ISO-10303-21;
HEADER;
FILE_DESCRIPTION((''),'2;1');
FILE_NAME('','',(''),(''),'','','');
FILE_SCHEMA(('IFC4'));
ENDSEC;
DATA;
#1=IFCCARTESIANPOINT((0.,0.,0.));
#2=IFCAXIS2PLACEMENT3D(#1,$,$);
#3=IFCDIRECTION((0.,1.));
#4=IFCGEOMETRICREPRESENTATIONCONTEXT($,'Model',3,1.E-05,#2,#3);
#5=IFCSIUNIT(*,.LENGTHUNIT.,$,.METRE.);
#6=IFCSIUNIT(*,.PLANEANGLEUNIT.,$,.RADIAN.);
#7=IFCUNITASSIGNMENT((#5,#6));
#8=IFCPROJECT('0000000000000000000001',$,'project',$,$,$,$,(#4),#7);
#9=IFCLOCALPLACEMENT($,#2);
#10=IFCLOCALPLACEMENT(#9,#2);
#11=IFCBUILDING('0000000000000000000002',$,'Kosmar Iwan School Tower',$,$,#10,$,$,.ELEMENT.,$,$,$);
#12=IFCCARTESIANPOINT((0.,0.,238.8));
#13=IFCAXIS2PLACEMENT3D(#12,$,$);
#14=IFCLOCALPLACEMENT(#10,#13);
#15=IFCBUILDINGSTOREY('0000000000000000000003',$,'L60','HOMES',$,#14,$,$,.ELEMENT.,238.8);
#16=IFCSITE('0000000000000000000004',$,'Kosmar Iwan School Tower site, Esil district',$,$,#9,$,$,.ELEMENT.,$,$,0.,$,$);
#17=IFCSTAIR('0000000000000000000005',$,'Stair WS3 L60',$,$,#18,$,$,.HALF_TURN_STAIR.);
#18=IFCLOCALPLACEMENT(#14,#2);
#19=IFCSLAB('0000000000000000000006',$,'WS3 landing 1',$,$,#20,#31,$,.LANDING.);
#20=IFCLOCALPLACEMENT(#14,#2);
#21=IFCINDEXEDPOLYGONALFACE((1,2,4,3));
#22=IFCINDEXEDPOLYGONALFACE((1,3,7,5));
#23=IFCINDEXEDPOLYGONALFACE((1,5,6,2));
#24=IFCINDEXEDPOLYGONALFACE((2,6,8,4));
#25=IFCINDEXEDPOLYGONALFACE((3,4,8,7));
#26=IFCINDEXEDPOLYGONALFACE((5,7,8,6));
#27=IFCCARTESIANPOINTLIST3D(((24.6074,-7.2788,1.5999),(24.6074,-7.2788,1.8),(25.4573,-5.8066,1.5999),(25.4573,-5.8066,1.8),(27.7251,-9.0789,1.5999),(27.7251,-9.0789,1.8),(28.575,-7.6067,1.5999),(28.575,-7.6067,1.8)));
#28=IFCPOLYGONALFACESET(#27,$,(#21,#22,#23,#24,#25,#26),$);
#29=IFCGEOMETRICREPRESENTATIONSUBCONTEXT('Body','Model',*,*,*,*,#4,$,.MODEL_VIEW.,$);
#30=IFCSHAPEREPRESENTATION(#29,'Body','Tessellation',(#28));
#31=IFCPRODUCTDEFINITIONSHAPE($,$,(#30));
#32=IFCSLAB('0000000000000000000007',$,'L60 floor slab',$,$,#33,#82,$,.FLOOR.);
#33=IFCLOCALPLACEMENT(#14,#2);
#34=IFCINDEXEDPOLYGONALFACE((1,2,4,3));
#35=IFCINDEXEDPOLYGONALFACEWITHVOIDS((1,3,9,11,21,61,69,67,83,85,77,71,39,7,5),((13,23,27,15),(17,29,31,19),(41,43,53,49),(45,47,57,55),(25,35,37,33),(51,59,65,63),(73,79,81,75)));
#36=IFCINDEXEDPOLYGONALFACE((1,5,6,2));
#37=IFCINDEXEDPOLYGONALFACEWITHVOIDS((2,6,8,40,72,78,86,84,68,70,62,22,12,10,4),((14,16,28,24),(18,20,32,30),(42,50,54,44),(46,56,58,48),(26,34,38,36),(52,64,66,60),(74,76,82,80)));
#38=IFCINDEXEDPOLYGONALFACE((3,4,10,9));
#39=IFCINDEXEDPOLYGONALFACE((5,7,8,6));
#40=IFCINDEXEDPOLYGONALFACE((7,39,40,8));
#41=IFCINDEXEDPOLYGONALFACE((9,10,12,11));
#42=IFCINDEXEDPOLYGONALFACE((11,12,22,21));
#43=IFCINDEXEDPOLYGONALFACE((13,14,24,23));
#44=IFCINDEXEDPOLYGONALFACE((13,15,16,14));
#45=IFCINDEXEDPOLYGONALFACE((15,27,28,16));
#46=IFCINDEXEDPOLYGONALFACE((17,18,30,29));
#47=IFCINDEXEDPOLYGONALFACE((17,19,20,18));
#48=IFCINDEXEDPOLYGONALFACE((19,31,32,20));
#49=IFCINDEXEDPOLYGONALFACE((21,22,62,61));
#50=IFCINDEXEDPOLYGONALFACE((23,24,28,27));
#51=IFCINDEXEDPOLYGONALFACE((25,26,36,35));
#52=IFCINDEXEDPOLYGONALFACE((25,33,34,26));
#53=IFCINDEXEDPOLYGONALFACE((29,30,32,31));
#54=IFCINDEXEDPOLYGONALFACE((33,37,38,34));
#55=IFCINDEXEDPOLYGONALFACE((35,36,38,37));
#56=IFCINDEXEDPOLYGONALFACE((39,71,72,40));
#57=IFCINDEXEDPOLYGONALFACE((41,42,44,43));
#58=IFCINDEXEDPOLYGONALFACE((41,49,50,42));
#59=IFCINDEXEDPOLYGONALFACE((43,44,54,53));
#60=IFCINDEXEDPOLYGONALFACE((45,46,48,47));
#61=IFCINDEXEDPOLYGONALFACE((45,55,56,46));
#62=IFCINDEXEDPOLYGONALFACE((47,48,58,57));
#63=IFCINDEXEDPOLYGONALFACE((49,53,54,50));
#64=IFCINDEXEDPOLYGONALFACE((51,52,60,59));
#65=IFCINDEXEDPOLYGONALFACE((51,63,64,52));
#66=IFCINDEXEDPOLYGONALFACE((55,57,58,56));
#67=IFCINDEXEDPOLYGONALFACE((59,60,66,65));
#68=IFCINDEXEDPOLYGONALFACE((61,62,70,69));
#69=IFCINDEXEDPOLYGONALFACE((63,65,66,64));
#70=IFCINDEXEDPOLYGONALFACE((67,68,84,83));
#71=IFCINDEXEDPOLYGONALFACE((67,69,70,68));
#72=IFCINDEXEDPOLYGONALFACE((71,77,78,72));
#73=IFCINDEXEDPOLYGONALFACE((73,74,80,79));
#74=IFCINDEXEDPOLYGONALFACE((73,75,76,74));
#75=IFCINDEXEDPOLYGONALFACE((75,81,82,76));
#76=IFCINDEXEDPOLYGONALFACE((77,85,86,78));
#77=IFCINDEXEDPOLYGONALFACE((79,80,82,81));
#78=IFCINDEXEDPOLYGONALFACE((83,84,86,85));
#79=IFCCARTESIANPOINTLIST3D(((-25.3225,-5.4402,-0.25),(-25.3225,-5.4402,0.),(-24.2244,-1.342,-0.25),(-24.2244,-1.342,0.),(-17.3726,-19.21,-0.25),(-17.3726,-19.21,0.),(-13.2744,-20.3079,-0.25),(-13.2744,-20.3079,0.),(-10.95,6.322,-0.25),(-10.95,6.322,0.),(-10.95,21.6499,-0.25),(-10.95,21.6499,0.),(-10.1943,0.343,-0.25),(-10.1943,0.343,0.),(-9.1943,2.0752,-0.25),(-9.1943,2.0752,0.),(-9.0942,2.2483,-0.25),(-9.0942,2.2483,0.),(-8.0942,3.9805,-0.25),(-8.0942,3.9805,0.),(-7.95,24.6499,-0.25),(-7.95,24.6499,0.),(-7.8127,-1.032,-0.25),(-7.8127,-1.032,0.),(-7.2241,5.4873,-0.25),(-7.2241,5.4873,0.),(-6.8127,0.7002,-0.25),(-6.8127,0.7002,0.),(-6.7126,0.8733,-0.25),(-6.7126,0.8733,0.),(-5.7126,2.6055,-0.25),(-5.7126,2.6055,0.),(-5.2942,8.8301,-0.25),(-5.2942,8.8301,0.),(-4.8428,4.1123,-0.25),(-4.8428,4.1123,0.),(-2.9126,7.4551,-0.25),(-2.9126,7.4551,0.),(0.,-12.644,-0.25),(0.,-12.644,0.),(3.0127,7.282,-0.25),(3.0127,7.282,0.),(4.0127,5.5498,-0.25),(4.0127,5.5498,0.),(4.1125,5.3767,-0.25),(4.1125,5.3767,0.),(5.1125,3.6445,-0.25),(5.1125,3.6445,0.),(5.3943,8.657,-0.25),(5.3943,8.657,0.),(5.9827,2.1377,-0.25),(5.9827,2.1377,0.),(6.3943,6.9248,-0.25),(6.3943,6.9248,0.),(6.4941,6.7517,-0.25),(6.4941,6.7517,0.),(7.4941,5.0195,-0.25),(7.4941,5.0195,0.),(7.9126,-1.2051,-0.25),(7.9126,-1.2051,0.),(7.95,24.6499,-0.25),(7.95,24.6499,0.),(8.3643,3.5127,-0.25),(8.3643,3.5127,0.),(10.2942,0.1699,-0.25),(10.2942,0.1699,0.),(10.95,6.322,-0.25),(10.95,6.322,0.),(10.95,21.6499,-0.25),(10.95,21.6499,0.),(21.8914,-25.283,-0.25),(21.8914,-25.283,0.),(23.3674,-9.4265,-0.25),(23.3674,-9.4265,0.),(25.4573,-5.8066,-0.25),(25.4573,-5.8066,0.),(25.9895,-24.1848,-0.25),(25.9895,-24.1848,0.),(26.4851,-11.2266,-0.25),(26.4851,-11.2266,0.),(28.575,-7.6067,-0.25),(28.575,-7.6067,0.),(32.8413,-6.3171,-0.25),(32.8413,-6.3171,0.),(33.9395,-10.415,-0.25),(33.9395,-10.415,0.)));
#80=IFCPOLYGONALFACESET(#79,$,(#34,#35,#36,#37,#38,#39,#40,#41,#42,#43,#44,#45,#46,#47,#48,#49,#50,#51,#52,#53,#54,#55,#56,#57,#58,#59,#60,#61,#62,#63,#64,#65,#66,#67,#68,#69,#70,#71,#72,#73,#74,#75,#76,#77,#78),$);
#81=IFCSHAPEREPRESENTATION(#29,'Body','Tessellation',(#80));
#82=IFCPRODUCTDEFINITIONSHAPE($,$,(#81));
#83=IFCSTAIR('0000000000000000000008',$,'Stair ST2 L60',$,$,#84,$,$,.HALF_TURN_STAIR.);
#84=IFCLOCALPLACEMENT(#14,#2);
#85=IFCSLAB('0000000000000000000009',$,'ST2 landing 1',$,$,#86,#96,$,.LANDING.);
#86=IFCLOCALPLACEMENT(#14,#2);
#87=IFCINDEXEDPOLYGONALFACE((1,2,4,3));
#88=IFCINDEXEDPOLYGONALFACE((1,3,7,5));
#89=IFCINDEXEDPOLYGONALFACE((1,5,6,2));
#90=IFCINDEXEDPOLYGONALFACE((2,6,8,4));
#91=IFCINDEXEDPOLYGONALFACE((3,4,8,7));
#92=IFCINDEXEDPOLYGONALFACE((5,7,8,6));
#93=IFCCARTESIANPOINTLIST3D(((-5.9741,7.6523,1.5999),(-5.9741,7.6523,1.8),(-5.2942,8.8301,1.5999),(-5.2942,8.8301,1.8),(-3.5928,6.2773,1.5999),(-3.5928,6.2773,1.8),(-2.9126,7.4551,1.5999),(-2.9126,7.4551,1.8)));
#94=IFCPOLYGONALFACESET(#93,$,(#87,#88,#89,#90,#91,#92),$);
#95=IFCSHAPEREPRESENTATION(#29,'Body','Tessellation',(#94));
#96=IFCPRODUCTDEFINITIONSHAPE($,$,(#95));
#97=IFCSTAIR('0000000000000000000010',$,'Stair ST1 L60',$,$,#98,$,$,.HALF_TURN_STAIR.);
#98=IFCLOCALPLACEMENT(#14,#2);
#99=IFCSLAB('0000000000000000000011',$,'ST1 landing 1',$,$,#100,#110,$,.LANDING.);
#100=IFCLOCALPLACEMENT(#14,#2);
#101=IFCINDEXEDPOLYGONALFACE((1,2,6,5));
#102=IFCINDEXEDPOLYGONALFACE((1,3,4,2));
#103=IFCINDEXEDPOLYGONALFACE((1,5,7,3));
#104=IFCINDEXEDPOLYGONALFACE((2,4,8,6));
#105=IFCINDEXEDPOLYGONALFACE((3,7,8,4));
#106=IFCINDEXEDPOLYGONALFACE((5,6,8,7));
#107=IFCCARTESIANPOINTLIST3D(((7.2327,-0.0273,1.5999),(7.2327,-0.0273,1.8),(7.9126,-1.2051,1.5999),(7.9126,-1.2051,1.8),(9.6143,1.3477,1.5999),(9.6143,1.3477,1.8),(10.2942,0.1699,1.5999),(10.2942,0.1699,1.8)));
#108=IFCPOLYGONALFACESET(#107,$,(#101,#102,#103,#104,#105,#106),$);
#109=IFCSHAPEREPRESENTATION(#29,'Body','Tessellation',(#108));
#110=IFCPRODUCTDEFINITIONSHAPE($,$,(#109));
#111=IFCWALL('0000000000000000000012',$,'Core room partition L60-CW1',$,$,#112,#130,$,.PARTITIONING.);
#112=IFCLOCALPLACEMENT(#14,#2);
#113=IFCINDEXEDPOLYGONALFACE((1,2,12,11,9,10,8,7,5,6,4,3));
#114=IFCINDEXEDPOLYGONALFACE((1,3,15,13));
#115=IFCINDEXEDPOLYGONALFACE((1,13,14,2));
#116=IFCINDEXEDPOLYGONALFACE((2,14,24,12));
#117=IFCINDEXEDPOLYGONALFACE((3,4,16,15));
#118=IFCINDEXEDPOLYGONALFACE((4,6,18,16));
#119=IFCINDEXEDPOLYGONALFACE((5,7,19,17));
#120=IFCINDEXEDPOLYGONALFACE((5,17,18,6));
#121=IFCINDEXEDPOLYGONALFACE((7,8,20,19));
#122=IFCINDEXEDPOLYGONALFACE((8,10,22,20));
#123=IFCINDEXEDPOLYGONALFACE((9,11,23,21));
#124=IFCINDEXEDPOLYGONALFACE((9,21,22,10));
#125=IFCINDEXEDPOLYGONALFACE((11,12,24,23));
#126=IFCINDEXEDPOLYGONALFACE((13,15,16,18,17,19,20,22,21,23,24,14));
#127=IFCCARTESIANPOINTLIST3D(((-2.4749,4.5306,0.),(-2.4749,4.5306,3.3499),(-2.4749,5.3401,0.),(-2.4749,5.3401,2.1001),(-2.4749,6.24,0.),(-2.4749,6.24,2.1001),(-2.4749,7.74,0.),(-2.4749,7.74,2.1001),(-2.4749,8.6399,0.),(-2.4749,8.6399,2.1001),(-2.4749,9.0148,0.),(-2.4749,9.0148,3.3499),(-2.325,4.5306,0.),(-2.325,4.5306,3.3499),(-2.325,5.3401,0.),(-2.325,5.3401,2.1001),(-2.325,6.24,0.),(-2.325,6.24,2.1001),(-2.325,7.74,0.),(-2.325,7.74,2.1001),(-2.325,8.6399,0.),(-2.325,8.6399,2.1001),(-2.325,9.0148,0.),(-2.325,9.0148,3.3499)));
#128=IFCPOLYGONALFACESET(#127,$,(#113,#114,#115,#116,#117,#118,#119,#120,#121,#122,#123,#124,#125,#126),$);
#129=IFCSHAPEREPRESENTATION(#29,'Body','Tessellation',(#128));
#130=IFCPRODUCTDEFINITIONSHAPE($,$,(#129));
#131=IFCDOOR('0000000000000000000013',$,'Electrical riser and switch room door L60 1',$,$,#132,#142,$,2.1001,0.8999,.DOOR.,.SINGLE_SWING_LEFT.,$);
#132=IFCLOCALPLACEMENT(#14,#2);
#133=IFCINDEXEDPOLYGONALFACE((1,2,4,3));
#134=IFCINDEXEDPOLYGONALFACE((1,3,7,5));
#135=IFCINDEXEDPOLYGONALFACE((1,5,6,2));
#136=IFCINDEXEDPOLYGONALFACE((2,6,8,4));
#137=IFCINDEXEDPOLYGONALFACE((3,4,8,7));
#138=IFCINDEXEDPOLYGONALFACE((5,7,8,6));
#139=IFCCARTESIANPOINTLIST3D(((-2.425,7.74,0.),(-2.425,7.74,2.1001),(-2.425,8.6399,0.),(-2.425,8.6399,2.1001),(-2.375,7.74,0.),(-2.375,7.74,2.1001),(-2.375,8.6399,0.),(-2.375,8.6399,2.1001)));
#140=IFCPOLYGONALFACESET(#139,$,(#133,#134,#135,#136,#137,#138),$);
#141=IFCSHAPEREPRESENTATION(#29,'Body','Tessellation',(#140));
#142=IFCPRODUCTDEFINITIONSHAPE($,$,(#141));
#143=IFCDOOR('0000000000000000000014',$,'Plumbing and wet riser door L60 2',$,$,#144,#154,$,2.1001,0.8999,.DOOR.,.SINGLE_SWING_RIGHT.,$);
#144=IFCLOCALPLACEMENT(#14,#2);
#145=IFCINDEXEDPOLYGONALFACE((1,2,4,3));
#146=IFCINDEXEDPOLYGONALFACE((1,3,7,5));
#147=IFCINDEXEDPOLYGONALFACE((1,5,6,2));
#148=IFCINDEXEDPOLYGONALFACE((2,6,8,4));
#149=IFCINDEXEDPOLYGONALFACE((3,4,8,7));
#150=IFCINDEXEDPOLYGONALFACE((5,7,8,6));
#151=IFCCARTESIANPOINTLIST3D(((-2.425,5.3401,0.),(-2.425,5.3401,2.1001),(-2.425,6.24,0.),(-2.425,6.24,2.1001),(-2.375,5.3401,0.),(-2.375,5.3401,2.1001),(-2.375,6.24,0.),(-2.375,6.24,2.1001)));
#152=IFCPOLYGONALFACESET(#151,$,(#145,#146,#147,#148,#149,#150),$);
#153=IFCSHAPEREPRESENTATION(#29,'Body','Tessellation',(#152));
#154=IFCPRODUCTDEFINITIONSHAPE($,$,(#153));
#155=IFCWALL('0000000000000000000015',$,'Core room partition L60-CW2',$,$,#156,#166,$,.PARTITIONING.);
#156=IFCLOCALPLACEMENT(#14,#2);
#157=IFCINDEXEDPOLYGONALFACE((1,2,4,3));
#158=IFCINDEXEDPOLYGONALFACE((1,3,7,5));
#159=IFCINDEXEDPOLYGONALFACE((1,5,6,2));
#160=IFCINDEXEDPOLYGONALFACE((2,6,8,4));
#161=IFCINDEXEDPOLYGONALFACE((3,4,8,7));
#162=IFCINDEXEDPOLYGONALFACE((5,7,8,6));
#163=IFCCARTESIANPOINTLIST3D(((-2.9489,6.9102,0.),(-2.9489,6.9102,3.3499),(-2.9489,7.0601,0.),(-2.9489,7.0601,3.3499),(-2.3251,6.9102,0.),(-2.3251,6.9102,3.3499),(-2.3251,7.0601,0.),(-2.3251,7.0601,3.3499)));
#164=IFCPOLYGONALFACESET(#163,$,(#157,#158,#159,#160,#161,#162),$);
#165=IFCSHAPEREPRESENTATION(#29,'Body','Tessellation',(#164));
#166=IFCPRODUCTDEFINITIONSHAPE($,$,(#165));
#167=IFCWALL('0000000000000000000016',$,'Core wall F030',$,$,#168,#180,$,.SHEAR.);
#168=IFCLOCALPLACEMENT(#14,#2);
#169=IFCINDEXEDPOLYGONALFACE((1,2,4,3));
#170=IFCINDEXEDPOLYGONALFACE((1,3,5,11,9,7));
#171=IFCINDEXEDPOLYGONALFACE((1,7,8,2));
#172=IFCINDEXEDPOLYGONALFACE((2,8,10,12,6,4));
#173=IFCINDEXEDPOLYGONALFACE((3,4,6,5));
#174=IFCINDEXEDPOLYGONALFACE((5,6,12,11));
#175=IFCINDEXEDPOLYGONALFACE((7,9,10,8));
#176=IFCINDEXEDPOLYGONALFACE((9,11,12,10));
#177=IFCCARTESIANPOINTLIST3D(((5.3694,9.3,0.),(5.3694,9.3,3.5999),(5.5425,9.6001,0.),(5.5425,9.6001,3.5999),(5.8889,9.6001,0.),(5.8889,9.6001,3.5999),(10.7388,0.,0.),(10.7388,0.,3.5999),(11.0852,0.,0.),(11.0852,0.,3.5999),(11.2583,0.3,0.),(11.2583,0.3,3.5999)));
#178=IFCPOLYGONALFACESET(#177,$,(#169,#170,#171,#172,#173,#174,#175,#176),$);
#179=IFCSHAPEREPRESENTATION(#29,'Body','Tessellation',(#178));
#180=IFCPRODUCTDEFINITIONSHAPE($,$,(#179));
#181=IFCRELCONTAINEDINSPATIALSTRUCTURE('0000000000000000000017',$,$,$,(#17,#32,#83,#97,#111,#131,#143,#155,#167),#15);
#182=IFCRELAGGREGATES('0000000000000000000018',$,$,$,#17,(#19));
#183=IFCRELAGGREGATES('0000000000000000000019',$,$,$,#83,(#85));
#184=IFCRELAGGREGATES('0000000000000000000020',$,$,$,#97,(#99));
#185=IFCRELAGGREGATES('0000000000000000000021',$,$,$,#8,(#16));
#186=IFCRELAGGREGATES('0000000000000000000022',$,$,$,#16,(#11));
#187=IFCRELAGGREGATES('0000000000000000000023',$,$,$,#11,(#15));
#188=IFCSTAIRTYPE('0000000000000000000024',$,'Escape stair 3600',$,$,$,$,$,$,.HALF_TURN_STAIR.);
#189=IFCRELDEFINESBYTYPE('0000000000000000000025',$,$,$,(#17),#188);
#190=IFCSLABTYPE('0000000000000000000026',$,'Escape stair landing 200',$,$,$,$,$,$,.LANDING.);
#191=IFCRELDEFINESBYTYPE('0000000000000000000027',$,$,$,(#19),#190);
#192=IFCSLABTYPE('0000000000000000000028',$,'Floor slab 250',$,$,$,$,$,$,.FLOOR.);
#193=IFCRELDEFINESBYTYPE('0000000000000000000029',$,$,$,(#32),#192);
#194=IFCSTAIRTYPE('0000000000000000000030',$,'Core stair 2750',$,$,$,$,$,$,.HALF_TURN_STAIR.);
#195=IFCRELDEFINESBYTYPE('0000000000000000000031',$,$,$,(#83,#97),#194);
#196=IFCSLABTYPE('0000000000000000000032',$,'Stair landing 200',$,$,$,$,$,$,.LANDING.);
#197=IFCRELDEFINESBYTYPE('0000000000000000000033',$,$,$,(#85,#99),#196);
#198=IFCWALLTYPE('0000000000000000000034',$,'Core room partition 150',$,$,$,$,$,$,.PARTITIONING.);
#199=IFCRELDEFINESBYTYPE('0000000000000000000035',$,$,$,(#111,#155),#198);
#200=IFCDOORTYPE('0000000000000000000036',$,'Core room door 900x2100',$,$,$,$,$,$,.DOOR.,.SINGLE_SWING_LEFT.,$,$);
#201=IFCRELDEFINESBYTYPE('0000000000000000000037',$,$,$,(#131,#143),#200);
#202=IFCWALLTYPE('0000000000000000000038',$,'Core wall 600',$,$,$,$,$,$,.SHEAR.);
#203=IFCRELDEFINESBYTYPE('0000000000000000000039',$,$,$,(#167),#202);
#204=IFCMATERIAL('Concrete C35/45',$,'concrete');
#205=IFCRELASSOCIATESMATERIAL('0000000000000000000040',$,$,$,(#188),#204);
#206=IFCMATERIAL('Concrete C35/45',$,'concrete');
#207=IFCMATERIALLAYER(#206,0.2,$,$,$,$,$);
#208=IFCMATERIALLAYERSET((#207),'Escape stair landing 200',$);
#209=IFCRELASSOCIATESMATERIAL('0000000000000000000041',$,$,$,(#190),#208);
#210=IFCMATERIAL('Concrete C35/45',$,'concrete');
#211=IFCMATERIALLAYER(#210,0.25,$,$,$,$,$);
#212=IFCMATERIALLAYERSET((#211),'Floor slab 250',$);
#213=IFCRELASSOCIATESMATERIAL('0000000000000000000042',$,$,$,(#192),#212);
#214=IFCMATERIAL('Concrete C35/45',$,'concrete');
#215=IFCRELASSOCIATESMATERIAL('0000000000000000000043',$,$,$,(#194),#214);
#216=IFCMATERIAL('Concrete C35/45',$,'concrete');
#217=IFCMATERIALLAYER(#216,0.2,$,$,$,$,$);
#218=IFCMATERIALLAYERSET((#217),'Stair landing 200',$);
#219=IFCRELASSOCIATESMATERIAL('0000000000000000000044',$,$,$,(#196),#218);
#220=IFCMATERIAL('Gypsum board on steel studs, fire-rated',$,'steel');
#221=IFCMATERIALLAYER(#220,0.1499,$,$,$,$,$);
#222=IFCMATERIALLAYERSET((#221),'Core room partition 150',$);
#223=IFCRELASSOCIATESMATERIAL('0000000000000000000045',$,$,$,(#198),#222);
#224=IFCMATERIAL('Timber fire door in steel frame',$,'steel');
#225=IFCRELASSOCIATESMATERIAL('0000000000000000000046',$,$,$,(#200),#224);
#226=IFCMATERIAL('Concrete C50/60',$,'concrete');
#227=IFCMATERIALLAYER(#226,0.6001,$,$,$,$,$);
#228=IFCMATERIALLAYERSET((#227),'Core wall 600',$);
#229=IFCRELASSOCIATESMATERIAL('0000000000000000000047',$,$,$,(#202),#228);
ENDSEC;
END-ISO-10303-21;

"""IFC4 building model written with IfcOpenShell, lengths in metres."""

from ifc_helpers import new_model, si_unit, direction, frame, frame_2d, origin, place, context, subcontext, project, spatial, polyline, rectangle, outline, extrude, material, layer, layer_set, type_object, element, fill, aggregate, save


model = new_model("IFC4")

# Units and contexts
model_context = context("Model", 3, precision=1e-05, world=origin(), true_north=direction((0.0, 1.0)))
body_context = subcontext(model_context, "Body", "Model", "MODEL_VIEW")
ifc_project = project(units=[si_unit("LENGTHUNIT", "METRE"), si_unit("PLANEANGLEUNIT", "RADIAN")], contexts=[model_context])

# Site, building, storey
site_placement = place(None, origin())
site = spatial("IfcSite", under=ifc_project, at=site_placement, Name="Kosmar Iwan School Tower site, Esil district", CompositionType="ELEMENT", RefElevation=0.0)
building_placement = place(site_placement, origin())
building = spatial("IfcBuilding", under=site, at=building_placement, Name="Kosmar Iwan School Tower", CompositionType="ELEMENT")
storey_placement = place(building_placement, frame((0.0, 0.0, 238.8)))
storey = spatial("IfcBuildingStorey", under=building, at=storey_placement, Name="L60", Description="HOMES", CompositionType="ELEMENT", Elevation=238.8)

# Stair, slab
ifc_material_1 = material(Name="Concrete C35/45", Category="concrete")
stair_type_1 = type_object("IfcStairType", Name="Escape stair 3600", PredefinedType="HALF_TURN_STAIR", material=ifc_material_1)
stair_1_placement = place(storey_placement, origin())
stair_1 = element("IfcStair", 1, at=stair_1_placement, inside=storey, type_object=stair_type_1, Name="Stair WS3 L60", PredefinedType="HALF_TURN_STAIR")
ifc_material_2 = material(Name="Concrete C35/45", Category="concrete")
ifc_layer_1 = layer(ifc_material_2, 0.2)
ifc_layer_set_1 = layer_set([ifc_layer_1], Name="Escape stair landing 200")
slab_type_1 = type_object("IfcSlabType", Name="Escape stair landing 200", PredefinedType="LANDING", material=ifc_layer_set_1)
slab_1_placement = place(storey_placement, frame((0.0, 0.0, 1.5999)))
slab_1 = element("IfcSlab", 2, at=slab_1_placement, type_object=slab_type_1, Name="WS3 landing 1", PredefinedType="LANDING", context=body_context, shape_type="SweptSolid", body=[
    extrude(outline(polyline([(24.6074, -7.2788), (27.7251, -9.0789), (28.575, -7.6067), (25.4573, -5.8066), (24.6074, -7.2788)])), origin(), (0.0, 0.0, 1.0), 0.2002),
])
aggregate(stair_1, [slab_1])

# Slab
ifc_material_3 = material(Name="Concrete C35/45", Category="concrete")
ifc_layer_2 = layer(ifc_material_3, 0.25)
ifc_layer_set_2 = layer_set([ifc_layer_2], Name="Floor slab 250")
slab_type_2 = type_object("IfcSlabType", Name="Floor slab 250", PredefinedType="FLOOR", material=ifc_layer_set_2)
slab_2_placement = place(storey_placement, frame((0.0, 0.0, -0.25)))
element("IfcSlab", 3, at=slab_2_placement, inside=storey, type_object=slab_type_2, Name="L60 floor slab", PredefinedType="FLOOR", context=body_context, shape_type="SweptSolid", body=[
    extrude(outline(polyline([(21.8914, -25.283), (25.9895, -24.1848), (33.9395, -10.415), (32.8413, -6.3171), (10.95, 6.322), (10.95, 21.6499), (7.95, 24.6499), (-7.95, 24.6499), (-10.95, 21.6499), (-10.95, 6.322), (-24.2244, -1.342), (-25.3225, -5.4402), (-17.3726, -19.21), (-13.2744, -20.3079), (0.0, -12.644), (21.8914, -25.283)]), holes=[polyline([(7.9126, -1.2051), (10.2942, 0.1699), (8.3643, 3.5127), (5.9827, 2.1377), (7.9126, -1.2051)]), polyline([(-2.9126, 7.4551), (-5.2942, 8.8301), (-7.2241, 5.4873), (-4.8428, 4.1123), (-2.9126, 7.4551)]), polyline([(-5.7126, 2.6055), (-8.0942, 3.9805), (-9.0942, 2.2483), (-6.7126, 0.8733), (-5.7126, 2.6055)]), polyline([(-6.8127, 0.7002), (-9.1943, 2.0752), (-10.1943, 0.343), (-7.8127, -1.032), (-6.8127, 0.7002)]), polyline([(5.1125, 3.6445), (7.4941, 5.0195), (6.4941, 6.7517), (4.1125, 5.3767), (5.1125, 3.6445)]), polyline([(4.0127, 5.5498), (6.3943, 6.9248), (5.3943, 8.657), (3.0127, 7.282), (4.0127, 5.5498)]), polyline([(23.3674, -9.4265), (26.4851, -11.2266), (28.575, -7.6067), (25.4573, -5.8066), (23.3674, -9.4265)])]), origin(), (0.0, 0.0, 1.0), 0.25),
])

# Stairs, slabs
ifc_material_4 = material(Name="Concrete C35/45", Category="concrete")
stair_type_2 = type_object("IfcStairType", Name="Core stair 2750", PredefinedType="HALF_TURN_STAIR", material=ifc_material_4)
stair_2_placement = place(storey_placement, origin())
stair_2 = element("IfcStair", 4, at=stair_2_placement, inside=storey, type_object=stair_type_2, Name="Stair ST2 L60", PredefinedType="HALF_TURN_STAIR")
ifc_material_5 = material(Name="Concrete C35/45", Category="concrete")
ifc_layer_3 = layer(ifc_material_5, 0.2)
ifc_layer_set_3 = layer_set([ifc_layer_3], Name="Stair landing 200")
slab_type_3 = type_object("IfcSlabType", Name="Stair landing 200", PredefinedType="LANDING", material=ifc_layer_set_3)
slab_3_placement = place(storey_placement, frame((0.0, 0.0, 1.5999)))
slab_3 = element("IfcSlab", 5, at=slab_3_placement, type_object=slab_type_3, Name="ST2 landing 1", PredefinedType="LANDING", context=body_context, shape_type="SweptSolid", body=[
    extrude(outline(polyline([(-2.9126, 7.4551), (-5.2942, 8.8301), (-5.9741, 7.6523), (-3.5928, 6.2773), (-2.9126, 7.4551)])), origin(), (0.0, 0.0, 1.0), 0.2002),
])
aggregate(stair_2, [slab_3])
stair_3_placement = place(storey_placement, origin())
stair_3 = element("IfcStair", 6, at=stair_3_placement, inside=storey, type_object=stair_type_2, Name="Stair ST1 L60", PredefinedType="HALF_TURN_STAIR")
slab_4_placement = place(storey_placement, frame((0.0, 0.0, 1.5999)))
slab_4 = element("IfcSlab", 7, at=slab_4_placement, type_object=slab_type_3, Name="ST1 landing 1", PredefinedType="LANDING", context=body_context, shape_type="SweptSolid", body=[
    extrude(outline(polyline([(7.9126, -1.2051), (10.2942, 0.1699), (9.6143, 1.3477), (7.2327, -0.0273), (7.9126, -1.2051)])), origin(), (0.0, 0.0, 1.0), 0.2002),
])
aggregate(stair_3, [slab_4])

# Wall, openings, doors
ifc_material_6 = material(Name="Gypsum board on steel studs, fire-rated", Category="steel")
ifc_layer_4 = layer(ifc_material_6, 0.1499)
ifc_layer_set_4 = layer_set([ifc_layer_4], Name="Core room partition 150")
wall_type_1 = type_object("IfcWallType", Name="Core room partition 150", PredefinedType="PARTITIONING", material=ifc_layer_set_4)
wall_1_placement = place(storey_placement, frame((-2.3999, 9.0149, 0.0), z_axis=(0.0, 0.0, 1.0), x_axis=(0.0, -1.0, 0.0)))
wall_1 = element("IfcWall", 8, at=wall_1_placement, inside=storey, type_object=wall_type_1, Name="Core room partition L60-CW1", PredefinedType="PARTITIONING", context=body_context, shape_type="SweptSolid", body=[
    extrude(rectangle(XDim=4.4841, YDim=0.1499, at=frame_2d((2.2422, 0.0))), origin(), (0.0, 0.0, 1.0), 3.3499),
])
opening_1_placement = place(wall_1_placement, frame((0.375, 0.0, 0.0)))
opening_1 = element("IfcOpeningElement", 9, at=opening_1_placement, cuts=wall_1, PredefinedType="OPENING", context=body_context, shape_type="SweptSolid", body=[
    extrude(rectangle(XDim=0.8999, YDim=2.1001, at=frame_2d((0.45, 1.05))), frame((0.0, 0.0869, 0.0), z_axis=(0.0, -1.0, 0.0), x_axis=(1.0, 0.0, 0.0)), (0.0, 0.0, 1.0), 0.1738),
])
opening_2_placement = place(wall_1_placement, frame((2.7749, 0.0, 0.0)))
opening_2 = element("IfcOpeningElement", 10, at=opening_2_placement, cuts=wall_1, PredefinedType="OPENING", context=body_context, shape_type="SweptSolid", body=[
    extrude(rectangle(XDim=0.8999, YDim=2.1001, at=frame_2d((0.45, 1.05))), frame((0.0, 0.0869, 0.0), z_axis=(0.0, -1.0, 0.0), x_axis=(1.0, 0.0, 0.0)), (0.0, 0.0, 1.0), 0.1738),
])
ifc_material_7 = material(Name="Timber fire door in steel frame", Category="steel")
door_type_1 = type_object("IfcDoorType", Name="Core room door 900x2100", OperationType="SINGLE_SWING_LEFT", PredefinedType="DOOR", material=ifc_material_7)
door_1_placement = place(opening_1_placement, origin())
door_1 = element("IfcDoor", 11, at=door_1_placement, inside=storey, type_object=door_type_1, Name="Electrical riser and switch room door L60 1", OperationType="SINGLE_SWING_LEFT", OverallHeight=2.1001, OverallWidth=0.8999, PredefinedType="DOOR", context=body_context, shape_type="SweptSolid", body=[
    extrude(rectangle(XDim=0.8999, YDim=2.1001, at=frame_2d((0.45, 1.05))), frame((0.0, 0.0249, 0.0), z_axis=(0.0, -1.0, 0.0), x_axis=(1.0, 0.0, 0.0)), (0.0, 0.0, 1.0), 0.05),
])
fill(opening_1, door_1)
door_2_placement = place(opening_2_placement, origin())
door_2 = element("IfcDoor", 12, at=door_2_placement, inside=storey, type_object=door_type_1, Name="Plumbing and wet riser door L60 2", OperationType="SINGLE_SWING_RIGHT", OverallHeight=2.1001, OverallWidth=0.8999, PredefinedType="DOOR", context=body_context, shape_type="SweptSolid", body=[
    extrude(rectangle(XDim=0.8999, YDim=2.1001, at=frame_2d((0.45, 1.05))), frame((0.0, 0.0249, 0.0), z_axis=(0.0, -1.0, 0.0), x_axis=(1.0, 0.0, 0.0)), (0.0, 0.0, 1.0), 0.05),
])
fill(opening_2, door_2)

# Walls
wall_2_placement = place(storey_placement, frame((-2.325, 6.9851, 0.0), z_axis=(0.0, 0.0, 1.0), x_axis=(-1.0, 0.0, 0.0)))
element("IfcWall", 13, at=wall_2_placement, inside=storey, type_object=wall_type_1, Name="Core room partition L60-CW2", PredefinedType="PARTITIONING", context=body_context, shape_type="SweptSolid", body=[
    extrude(rectangle(XDim=0.6238, YDim=0.1499, at=frame_2d((0.312, 0.0))), origin(), (0.0, 0.0, 1.0), 3.3499),
])
ifc_material_8 = material(Name="Concrete C50/60", Category="concrete")
ifc_layer_5 = layer(ifc_material_8, 0.6001)
ifc_layer_set_5 = layer_set([ifc_layer_5], Name="Core wall 600")
wall_type_2 = type_object("IfcWallType", Name="Core wall 600", PredefinedType="SHEAR", material=ifc_layer_set_5)
wall_3_placement = place(storey_placement, origin())
element("IfcWall", 14, at=wall_3_placement, inside=storey, type_object=wall_type_2, Name="Core wall F030", PredefinedType="SHEAR", context=body_context, shape_type="SweptSolid", body=[
    extrude(outline(polyline([(10.7388, 0.0), (11.0852, 0.0), (11.2583, 0.3), (5.8889, 9.6001), (5.5425, 9.6001), (5.3694, 9.3), (10.7388, 0.0)])), origin(), (0.0, 0.0, 1.0), 3.5999),
])

save(model, "model.ifc")
